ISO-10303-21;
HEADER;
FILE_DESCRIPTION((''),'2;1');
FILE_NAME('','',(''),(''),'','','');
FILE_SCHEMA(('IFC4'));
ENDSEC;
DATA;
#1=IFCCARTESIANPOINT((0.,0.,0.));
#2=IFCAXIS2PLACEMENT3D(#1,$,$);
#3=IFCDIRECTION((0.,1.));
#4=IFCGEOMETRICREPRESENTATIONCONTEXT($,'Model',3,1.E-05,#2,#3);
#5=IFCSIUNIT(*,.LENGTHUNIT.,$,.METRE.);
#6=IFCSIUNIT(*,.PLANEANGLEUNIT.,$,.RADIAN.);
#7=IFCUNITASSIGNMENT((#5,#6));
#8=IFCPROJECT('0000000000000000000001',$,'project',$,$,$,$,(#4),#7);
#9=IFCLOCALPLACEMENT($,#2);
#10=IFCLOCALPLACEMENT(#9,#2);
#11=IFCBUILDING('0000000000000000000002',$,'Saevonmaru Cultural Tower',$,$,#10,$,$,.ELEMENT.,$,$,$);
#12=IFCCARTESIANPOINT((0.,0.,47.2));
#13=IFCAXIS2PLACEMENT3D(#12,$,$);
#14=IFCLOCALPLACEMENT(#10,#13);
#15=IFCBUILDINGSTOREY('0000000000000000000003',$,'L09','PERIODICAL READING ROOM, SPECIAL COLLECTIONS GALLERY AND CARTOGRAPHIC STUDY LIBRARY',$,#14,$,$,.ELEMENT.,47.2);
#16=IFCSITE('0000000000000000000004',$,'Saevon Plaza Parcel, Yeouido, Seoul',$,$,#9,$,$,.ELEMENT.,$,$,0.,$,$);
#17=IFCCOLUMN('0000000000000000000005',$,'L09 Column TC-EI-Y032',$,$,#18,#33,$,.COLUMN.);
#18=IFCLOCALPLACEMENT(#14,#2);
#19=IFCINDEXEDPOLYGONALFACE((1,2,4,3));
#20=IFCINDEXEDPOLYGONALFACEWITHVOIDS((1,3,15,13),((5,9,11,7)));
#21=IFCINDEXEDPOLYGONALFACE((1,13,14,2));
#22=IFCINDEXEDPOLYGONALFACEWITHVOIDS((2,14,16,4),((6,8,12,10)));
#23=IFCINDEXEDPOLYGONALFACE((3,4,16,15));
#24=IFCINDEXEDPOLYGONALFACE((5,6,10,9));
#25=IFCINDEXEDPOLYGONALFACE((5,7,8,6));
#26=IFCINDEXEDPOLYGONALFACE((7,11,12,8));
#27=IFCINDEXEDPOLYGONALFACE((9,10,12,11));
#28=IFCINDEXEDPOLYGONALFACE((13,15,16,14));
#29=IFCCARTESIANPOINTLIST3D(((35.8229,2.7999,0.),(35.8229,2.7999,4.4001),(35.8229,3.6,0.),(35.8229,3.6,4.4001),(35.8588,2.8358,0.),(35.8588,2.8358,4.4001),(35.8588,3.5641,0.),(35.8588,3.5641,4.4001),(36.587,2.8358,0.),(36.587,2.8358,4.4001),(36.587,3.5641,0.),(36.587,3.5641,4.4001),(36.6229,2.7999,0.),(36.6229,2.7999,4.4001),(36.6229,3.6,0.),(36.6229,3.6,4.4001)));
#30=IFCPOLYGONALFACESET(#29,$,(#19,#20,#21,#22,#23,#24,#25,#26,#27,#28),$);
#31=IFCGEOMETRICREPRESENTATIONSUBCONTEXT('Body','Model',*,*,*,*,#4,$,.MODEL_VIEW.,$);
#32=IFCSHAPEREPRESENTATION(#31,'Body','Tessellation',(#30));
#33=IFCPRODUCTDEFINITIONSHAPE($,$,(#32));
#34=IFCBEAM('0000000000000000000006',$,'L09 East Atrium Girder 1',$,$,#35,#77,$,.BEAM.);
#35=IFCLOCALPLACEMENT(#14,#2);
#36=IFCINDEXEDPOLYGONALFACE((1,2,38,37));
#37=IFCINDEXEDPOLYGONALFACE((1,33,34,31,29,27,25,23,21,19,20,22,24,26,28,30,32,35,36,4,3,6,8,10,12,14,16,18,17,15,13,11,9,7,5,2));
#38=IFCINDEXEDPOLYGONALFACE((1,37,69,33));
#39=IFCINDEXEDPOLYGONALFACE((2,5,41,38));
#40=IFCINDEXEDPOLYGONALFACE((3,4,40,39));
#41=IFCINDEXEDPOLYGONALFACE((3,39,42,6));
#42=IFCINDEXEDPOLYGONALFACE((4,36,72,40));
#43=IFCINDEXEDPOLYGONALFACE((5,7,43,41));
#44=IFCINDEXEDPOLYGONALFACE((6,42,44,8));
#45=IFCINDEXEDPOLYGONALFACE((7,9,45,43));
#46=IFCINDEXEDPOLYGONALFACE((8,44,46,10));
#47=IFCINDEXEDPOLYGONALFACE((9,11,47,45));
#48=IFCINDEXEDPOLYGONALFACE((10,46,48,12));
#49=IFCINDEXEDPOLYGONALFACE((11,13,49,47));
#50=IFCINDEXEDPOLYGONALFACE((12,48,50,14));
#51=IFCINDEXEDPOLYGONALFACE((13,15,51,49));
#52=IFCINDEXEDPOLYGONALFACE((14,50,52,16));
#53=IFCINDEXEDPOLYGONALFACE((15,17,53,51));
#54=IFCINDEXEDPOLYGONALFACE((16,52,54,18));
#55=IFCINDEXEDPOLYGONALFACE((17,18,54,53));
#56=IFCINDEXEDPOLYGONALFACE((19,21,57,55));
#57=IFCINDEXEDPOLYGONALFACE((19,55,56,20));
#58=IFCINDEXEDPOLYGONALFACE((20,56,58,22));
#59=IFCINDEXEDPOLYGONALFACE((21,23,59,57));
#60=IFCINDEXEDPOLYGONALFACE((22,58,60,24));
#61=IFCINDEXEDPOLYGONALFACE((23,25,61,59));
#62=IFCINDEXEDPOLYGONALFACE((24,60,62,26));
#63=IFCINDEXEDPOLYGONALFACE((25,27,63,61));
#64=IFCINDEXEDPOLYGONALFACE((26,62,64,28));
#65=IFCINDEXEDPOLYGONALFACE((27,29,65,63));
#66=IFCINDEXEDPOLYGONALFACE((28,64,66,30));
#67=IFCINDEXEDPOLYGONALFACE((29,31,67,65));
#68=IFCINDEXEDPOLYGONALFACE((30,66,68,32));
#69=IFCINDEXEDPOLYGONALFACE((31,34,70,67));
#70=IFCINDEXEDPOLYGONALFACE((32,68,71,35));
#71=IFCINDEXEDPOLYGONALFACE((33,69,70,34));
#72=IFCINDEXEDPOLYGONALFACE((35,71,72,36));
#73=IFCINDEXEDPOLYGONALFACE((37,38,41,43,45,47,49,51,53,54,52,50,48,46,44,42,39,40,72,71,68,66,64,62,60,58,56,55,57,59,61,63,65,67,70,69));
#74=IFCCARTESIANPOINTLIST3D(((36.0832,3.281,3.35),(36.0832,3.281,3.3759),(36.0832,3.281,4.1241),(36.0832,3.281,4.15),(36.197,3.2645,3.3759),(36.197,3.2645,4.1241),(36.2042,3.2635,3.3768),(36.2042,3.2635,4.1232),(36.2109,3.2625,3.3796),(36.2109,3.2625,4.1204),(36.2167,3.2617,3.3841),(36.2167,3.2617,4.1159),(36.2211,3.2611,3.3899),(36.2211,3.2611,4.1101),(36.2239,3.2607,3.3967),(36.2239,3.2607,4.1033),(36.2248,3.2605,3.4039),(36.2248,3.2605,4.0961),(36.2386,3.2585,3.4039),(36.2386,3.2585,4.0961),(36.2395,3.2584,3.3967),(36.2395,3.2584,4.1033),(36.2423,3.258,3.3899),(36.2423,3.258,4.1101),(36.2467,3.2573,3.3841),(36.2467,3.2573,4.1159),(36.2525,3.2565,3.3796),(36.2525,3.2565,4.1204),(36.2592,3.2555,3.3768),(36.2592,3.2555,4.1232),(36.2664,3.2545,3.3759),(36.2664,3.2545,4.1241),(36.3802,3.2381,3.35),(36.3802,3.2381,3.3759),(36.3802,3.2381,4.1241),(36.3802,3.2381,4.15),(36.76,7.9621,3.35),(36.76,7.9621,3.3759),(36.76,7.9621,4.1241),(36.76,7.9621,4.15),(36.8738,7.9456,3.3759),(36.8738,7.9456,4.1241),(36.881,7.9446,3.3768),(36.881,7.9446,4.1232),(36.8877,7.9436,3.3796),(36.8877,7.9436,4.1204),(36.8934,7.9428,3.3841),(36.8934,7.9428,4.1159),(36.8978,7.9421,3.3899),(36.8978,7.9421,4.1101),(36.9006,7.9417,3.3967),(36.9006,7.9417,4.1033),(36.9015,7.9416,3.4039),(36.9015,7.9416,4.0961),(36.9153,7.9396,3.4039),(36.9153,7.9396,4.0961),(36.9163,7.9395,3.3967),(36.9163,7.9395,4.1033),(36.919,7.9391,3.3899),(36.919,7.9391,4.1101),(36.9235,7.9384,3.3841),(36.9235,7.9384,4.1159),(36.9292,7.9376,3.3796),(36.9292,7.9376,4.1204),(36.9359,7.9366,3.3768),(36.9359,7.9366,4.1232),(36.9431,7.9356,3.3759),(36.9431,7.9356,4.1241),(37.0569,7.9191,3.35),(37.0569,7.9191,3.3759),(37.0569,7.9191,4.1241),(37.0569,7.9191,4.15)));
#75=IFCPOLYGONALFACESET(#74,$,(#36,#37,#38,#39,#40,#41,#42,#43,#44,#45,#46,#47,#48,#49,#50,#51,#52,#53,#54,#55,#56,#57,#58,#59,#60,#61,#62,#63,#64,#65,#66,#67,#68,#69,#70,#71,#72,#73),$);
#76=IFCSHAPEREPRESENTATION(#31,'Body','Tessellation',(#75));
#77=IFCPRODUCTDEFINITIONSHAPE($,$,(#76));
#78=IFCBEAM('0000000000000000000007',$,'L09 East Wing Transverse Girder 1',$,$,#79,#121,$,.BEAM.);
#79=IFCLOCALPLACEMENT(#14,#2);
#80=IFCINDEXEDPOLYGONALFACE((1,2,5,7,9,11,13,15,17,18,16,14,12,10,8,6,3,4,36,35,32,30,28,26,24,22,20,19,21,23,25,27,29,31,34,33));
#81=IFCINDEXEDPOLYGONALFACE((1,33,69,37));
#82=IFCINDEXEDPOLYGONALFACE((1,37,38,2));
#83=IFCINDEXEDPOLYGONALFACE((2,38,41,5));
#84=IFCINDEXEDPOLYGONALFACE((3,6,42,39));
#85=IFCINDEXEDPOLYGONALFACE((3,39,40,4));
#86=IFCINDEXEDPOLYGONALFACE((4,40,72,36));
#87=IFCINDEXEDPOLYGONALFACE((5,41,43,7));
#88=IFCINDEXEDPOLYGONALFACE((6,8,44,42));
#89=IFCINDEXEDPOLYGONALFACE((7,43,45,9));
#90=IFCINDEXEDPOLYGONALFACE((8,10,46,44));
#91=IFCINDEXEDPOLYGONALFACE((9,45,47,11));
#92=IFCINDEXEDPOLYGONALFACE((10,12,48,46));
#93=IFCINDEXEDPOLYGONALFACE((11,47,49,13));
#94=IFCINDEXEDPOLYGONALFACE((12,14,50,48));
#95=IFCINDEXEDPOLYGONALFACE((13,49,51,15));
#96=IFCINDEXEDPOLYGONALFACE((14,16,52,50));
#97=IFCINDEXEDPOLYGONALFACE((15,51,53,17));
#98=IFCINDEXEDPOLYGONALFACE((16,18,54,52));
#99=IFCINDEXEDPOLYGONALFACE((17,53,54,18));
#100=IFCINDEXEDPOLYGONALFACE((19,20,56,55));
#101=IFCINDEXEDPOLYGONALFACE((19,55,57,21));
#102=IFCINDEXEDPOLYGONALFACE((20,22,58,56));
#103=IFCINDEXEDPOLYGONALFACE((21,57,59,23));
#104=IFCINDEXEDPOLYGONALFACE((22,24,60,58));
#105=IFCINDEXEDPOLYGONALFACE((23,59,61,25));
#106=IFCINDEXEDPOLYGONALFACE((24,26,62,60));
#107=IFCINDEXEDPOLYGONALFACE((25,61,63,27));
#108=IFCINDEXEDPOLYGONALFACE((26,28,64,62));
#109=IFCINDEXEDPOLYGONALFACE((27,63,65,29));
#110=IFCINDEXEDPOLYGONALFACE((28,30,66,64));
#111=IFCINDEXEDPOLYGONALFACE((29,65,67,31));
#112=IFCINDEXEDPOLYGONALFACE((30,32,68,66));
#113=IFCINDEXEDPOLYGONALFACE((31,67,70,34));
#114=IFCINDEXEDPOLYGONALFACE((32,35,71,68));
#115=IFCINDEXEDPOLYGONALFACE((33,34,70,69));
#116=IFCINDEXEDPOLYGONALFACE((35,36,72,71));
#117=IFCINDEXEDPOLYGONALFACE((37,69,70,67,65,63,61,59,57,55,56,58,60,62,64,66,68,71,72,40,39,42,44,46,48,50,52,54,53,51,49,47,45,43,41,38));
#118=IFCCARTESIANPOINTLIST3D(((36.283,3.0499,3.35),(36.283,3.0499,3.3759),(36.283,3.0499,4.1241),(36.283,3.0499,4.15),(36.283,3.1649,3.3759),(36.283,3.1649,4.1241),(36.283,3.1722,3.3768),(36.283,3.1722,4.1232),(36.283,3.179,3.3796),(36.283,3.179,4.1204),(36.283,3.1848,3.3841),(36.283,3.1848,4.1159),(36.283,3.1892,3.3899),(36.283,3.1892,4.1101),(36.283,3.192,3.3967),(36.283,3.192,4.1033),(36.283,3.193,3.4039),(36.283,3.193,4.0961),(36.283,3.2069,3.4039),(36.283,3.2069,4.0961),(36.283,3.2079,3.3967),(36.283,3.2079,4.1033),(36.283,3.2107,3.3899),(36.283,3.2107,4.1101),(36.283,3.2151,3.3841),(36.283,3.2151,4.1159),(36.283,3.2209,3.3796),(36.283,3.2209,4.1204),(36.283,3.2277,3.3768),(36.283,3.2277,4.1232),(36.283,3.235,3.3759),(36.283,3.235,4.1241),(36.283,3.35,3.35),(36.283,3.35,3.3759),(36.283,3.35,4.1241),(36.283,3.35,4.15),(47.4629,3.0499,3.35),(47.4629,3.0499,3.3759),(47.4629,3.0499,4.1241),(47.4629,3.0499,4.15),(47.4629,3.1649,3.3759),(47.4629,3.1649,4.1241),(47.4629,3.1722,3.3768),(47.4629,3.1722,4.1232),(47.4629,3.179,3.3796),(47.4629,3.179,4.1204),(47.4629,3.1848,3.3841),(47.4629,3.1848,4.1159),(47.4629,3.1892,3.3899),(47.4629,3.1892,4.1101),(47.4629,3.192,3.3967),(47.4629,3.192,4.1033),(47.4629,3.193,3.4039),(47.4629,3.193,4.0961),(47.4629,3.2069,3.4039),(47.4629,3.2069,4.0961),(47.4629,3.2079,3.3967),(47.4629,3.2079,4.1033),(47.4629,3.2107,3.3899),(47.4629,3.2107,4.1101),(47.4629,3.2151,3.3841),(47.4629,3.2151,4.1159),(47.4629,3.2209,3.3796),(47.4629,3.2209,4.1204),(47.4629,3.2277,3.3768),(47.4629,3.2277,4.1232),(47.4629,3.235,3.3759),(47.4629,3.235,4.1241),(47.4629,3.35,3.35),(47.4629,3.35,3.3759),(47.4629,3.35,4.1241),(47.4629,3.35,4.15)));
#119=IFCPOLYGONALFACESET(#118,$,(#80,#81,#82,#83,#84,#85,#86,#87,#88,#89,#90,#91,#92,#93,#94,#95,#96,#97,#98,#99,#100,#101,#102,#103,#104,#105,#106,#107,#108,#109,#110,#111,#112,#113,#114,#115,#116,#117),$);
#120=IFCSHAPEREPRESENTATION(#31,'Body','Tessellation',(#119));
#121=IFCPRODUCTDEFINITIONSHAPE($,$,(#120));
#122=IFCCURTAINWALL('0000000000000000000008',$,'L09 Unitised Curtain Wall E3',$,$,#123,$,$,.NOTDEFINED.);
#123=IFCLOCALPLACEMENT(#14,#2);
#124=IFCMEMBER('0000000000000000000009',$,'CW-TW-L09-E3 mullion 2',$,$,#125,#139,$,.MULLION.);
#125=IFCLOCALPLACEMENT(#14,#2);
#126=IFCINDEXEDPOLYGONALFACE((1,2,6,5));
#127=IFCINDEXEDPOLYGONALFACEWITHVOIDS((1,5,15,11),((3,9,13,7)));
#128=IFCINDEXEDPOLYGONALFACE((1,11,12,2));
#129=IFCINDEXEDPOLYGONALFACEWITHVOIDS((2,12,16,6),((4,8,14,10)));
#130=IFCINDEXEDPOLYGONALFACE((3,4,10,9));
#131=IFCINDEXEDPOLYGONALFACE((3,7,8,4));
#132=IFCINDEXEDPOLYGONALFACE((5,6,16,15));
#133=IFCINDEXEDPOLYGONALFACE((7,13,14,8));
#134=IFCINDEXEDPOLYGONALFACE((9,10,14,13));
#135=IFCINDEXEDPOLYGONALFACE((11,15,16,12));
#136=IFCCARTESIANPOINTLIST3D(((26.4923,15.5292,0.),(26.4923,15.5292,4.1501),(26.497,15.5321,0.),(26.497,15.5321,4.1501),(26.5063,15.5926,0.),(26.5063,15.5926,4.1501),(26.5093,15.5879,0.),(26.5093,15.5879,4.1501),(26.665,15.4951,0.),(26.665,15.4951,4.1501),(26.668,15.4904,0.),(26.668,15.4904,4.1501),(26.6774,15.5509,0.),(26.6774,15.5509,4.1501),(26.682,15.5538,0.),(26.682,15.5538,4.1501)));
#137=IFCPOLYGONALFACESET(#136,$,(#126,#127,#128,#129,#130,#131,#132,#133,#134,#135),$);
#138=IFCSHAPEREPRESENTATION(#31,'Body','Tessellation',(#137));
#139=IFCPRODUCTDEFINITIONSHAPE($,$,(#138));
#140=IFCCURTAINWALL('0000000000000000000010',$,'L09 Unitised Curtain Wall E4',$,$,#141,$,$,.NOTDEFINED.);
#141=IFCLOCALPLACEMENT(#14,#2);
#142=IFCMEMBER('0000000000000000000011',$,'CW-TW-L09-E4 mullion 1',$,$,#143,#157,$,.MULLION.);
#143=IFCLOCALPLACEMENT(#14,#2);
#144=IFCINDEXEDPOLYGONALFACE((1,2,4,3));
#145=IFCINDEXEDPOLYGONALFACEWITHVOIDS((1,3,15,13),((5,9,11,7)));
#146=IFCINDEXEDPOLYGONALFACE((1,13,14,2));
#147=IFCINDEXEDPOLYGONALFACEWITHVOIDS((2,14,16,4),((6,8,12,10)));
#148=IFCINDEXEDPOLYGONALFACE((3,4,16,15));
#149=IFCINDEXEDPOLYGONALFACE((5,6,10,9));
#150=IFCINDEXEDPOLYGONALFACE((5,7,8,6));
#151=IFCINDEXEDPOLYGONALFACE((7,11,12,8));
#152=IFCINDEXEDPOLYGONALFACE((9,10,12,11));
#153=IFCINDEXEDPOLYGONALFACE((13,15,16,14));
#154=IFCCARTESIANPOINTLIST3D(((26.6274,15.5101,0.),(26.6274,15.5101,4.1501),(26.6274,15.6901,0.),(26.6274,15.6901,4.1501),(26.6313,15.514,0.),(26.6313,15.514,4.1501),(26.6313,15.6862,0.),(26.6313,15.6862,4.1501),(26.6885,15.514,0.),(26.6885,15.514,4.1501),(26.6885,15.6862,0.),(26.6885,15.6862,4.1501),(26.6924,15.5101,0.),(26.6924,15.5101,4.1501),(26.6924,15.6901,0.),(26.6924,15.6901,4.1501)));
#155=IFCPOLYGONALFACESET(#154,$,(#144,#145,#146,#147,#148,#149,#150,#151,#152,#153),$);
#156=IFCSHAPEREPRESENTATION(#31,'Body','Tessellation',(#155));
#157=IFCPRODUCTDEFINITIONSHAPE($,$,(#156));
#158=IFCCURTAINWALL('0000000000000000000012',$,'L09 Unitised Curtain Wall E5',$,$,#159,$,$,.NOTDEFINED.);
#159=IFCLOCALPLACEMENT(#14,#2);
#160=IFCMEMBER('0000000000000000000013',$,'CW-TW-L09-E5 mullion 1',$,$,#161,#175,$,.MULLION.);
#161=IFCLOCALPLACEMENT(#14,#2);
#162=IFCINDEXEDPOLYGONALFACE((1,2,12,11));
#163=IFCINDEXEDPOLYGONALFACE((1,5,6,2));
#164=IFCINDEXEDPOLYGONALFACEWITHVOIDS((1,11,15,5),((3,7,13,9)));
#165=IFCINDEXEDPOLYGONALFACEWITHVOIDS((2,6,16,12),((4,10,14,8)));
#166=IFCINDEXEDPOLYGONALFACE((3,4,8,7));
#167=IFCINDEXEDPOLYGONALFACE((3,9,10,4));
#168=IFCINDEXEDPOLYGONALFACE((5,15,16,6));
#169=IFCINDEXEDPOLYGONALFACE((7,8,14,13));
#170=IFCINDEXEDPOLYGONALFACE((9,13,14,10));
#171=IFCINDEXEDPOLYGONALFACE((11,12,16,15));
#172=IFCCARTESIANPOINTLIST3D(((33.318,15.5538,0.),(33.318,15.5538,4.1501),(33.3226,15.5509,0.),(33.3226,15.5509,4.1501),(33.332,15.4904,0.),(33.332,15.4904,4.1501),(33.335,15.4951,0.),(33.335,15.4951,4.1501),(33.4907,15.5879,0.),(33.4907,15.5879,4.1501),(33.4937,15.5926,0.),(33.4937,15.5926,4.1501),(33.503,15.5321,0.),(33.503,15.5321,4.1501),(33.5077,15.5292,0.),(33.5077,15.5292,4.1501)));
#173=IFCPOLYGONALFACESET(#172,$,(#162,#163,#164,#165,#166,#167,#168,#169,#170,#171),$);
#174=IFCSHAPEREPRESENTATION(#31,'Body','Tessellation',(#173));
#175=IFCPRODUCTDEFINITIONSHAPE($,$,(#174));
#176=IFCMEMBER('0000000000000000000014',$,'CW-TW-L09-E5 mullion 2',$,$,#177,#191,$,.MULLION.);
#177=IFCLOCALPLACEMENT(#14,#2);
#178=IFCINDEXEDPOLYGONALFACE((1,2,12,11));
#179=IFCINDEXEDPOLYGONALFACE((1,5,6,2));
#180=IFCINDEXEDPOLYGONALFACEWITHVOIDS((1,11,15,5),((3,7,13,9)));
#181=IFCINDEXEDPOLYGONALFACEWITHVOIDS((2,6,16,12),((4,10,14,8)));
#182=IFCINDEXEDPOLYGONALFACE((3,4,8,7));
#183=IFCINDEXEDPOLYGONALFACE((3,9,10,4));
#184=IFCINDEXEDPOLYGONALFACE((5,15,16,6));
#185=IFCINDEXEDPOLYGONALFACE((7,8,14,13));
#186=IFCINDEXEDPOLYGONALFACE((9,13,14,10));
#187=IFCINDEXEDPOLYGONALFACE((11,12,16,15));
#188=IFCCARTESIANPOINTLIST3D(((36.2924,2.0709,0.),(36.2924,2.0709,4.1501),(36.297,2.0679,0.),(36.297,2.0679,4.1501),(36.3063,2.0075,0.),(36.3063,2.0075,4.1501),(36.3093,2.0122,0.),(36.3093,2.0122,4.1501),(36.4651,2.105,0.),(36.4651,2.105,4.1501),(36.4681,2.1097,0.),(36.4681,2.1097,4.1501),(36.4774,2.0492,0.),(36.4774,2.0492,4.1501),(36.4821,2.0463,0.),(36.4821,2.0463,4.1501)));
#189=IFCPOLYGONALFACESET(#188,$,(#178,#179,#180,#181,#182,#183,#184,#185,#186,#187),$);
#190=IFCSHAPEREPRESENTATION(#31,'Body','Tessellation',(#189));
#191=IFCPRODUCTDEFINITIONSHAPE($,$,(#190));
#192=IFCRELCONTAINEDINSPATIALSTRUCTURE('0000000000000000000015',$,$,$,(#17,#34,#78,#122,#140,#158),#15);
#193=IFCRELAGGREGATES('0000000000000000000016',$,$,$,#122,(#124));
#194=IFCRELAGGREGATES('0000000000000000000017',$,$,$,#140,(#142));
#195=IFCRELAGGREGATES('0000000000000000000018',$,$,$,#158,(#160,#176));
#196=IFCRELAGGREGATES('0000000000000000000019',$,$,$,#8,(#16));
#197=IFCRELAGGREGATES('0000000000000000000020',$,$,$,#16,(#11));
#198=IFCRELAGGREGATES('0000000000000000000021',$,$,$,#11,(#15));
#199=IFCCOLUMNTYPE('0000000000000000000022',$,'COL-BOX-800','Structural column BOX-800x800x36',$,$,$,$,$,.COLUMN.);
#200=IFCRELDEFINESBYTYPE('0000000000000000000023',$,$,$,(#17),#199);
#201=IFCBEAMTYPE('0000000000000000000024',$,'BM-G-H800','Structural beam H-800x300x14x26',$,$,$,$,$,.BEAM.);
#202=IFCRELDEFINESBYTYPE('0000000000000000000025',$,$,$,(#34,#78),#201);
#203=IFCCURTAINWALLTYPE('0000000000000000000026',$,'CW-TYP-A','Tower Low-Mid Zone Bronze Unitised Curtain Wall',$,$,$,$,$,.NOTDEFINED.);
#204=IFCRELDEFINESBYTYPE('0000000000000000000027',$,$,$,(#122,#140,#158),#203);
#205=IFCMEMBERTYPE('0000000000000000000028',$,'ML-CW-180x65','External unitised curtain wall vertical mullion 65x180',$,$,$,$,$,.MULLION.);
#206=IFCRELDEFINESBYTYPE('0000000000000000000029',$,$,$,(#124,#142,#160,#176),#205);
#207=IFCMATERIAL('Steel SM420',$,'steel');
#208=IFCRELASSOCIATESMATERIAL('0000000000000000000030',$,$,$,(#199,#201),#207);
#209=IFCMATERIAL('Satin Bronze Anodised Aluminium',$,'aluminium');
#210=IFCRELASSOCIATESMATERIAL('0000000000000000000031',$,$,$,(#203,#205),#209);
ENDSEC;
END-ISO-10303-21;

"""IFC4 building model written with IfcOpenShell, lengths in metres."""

from ifc_helpers import new_model, si_unit, direction, frame, origin, origin_2d, place, context, subcontext, project, spatial, hollow_rectangle, i_section, extrude, material, material_profile, profile_set, type_object, element, aggregate, save


model = new_model("IFC4")

# Units and contexts
model_context = context("Model", 3, precision=1e-05, world=origin(), true_north=direction((0.0, 1.0)))
body_context = subcontext(model_context, "Body", "Model", "MODEL_VIEW")
ifc_project = project(units=[si_unit("LENGTHUNIT", "METRE"), si_unit("PLANEANGLEUNIT", "RADIAN")], contexts=[model_context])

# Site, building, storey
site_placement = place(None, origin())
site = spatial("IfcSite", under=ifc_project, at=site_placement, Name="Saevon Plaza Parcel, Yeouido, Seoul", CompositionType="ELEMENT", RefElevation=0.0)
building_placement = place(site_placement, origin())
building = spatial("IfcBuilding", under=site, at=building_placement, Name="Saevonmaru Cultural Tower", CompositionType="ELEMENT")
storey_placement = place(building_placement, frame((0.0, 0.0, 47.2)))
storey = spatial("IfcBuildingStorey", under=building, at=storey_placement, Name="L09", Description="PERIODICAL READING ROOM, SPECIAL COLLECTIONS GALLERY AND CARTOGRAPHIC STUDY LIBRARY", CompositionType="ELEMENT", Elevation=47.2)

# Column
ifc_material_1 = material(Name="Steel SM420", Category="steel")
ifc_material_profile_1 = material_profile(ifc_material_1, hollow_rectangle(XDim=0.8, YDim=0.8, WallThickness=0.0359, at=origin_2d()), Name="BOX-800x800x36")
ifc_profile_set_1 = profile_set([ifc_material_profile_1], Name="Steel SM420")
column_type = type_object("IfcColumnType", Name="COL-BOX-800", Description="Structural column BOX-800x800x36", PredefinedType="COLUMN", material=ifc_profile_set_1)
column_placement = place(storey_placement, frame((36.2229, 3.2, 0.0), z_axis=(0.0, 0.0, 1.0), x_axis=(1.0, 0.0, 0.0)))
element("IfcColumn", 1, at=column_placement, inside=storey, type_object=column_type, Name="L09 Column TC-EI-Y032", PredefinedType="COLUMN", context=body_context, shape_type="SweptSolid", body=[
    extrude(hollow_rectangle(XDim=0.8, YDim=0.8, WallThickness=0.0359, at=origin_2d()), origin(), (0.0, 0.0, 1.0), 4.4001),
])

# Beams
ifc_material_profile_2 = material_profile(ifc_material_1, i_section(OverallWidth=0.3, OverallDepth=0.8, WebThickness=0.0139, FlangeThickness=0.0259, FilletRadius=0.0281, at=origin_2d()), Name="H-800x300x14x26")
ifc_profile_set_2 = profile_set([ifc_material_profile_2], Name="Steel SM420")
beam_type = type_object("IfcBeamType", Name="BM-G-H800", Description="Structural beam H-800x300x14x26", PredefinedType="BEAM", material=ifc_profile_set_2)
beam_1_placement = place(storey_placement, frame((36.2317, 3.2595, 3.75), z_axis=(0.143083, 0.989711, 0.0), x_axis=(-0.989711, 0.143083, 0.0)))
element("IfcBeam", 2, at=beam_1_placement, inside=storey, type_object=beam_type, Name="L09 East Atrium Girder 1", PredefinedType="BEAM", context=body_context, shape_type="SweptSolid", body=[
    extrude(i_section(OverallWidth=0.3, OverallDepth=0.8, WebThickness=0.0139, FlangeThickness=0.0259, FilletRadius=0.0281, at=origin_2d()), origin(), (0.0, 0.0, 1.0), 4.7297),
])
beam_2_placement = place(storey_placement, frame((36.283, 3.2, 3.75), z_axis=(1.0, 0.0, 0.0), x_axis=(0.0, 1.0, 0.0)))
element("IfcBeam", 3, at=beam_2_placement, inside=storey, type_object=beam_type, Name="L09 East Wing Transverse Girder 1", PredefinedType="BEAM", context=body_context, shape_type="SweptSolid", body=[
    extrude(i_section(OverallWidth=0.3, OverallDepth=0.8, WebThickness=0.0139, FlangeThickness=0.0259, FilletRadius=0.0281, at=origin_2d()), origin(), (0.0, 0.0, 1.0), 11.1799),
])

# Curtain walls, members
ifc_material_2 = material(Name="Satin Bronze Anodised Aluminium", Category="aluminium")
curtain_wall_type = type_object("IfcCurtainWallType", Name="CW-TYP-A", Description="Tower Low-Mid Zone Bronze Unitised Curtain Wall", PredefinedType="NOTDEFINED", material=ifc_material_2)
curtain_wall_1_placement = place(storey_placement, origin())
curtain_wall_1 = element("IfcCurtainWall", 4, at=curtain_wall_1_placement, inside=storey, type_object=curtain_wall_type, Name="L09 Unitised Curtain Wall E3", PredefinedType="NOTDEFINED")
ifc_material_profile_3 = material_profile(ifc_material_2, hollow_rectangle(XDim=0.0649, YDim=0.1799, WallThickness=0.0039, at=origin_2d()), Name="ALU-MULL-180x65x4")
ifc_profile_set_3 = profile_set([ifc_material_profile_3], Name="Satin Bronze Anodised Aluminium")
member_type_1 = type_object("IfcMemberType", Name="ML-CW-180x65", Description="External unitised curtain wall vertical mullion 65x180", PredefinedType="MULLION", material=ifc_profile_set_3)
member_1_placement = place(storey_placement, frame((26.5872, 15.5415, 0.0), z_axis=(0.0, 0.0, 1.0), x_axis=(0.215413, 0.976523, 0.0)))
member_1 = element("IfcMember", 5, at=member_1_placement, type_object=member_type_1, Name="CW-TW-L09-E3 mullion 2", PredefinedType="MULLION", context=body_context, shape_type="SweptSolid", body=[
    extrude(hollow_rectangle(XDim=0.0649, YDim=0.1799, WallThickness=0.0039, at=origin_2d()), origin(), (0.0, 0.0, 1.0), 4.1501),
])
aggregate(curtain_wall_1, [member_1])
curtain_wall_2_placement = place(storey_placement, origin())
curtain_wall_2 = element("IfcCurtainWall", 6, at=curtain_wall_2_placement, inside=storey, type_object=curtain_wall_type, Name="L09 Unitised Curtain Wall E4", PredefinedType="NOTDEFINED")
member_2_placement = place(storey_placement, frame((26.6599, 15.6001, 0.0), z_axis=(0.0, 0.0, 1.0), x_axis=(1.0, 0.0, 0.0)))
member_2 = element("IfcMember", 7, at=member_2_placement, type_object=member_type_1, Name="CW-TW-L09-E4 mullion 1", PredefinedType="MULLION", context=body_context, shape_type="SweptSolid", body=[
    extrude(hollow_rectangle(XDim=0.0649, YDim=0.1799, WallThickness=0.0039, at=origin_2d()), origin(), (0.0, 0.0, 1.0), 4.1501),
])

# Curtain wall, members
curtain_wall_3_placement = place(storey_placement, origin())
curtain_wall_3 = element("IfcCurtainWall", 8, at=curtain_wall_3_placement, inside=storey, type_object=curtain_wall_type, Name="L09 Unitised Curtain Wall E5", PredefinedType="NOTDEFINED")
member_3_placement = place(storey_placement, frame((33.4128, 15.5415, 0.0), z_axis=(0.0, 0.0, 1.0), x_axis=(0.215413, -0.976523, 0.0)))
member_3 = element("IfcMember", 9, at=member_3_placement, type_object=member_type_1, Name="CW-TW-L09-E5 mullion 1", PredefinedType="MULLION", context=body_context, shape_type="SweptSolid", body=[
    extrude(hollow_rectangle(XDim=0.0649, YDim=0.1799, WallThickness=0.0039, at=origin_2d()), origin(), (0.0, 0.0, 1.0), 4.1501),
])
member_4_placement = place(storey_placement, frame((36.3872, 2.0586, 0.0), z_axis=(0.0, 0.0, 1.0), x_axis=(0.215413, -0.976523, 0.0)))
member_4 = element("IfcMember", 10, at=member_4_placement, type_object=member_type_1, Name="CW-TW-L09-E5 mullion 2", PredefinedType="MULLION", context=body_context, shape_type="SweptSolid", body=[
    extrude(hollow_rectangle(XDim=0.0649, YDim=0.1799, WallThickness=0.0039, at=origin_2d()), origin(), (0.0, 0.0, 1.0), 4.1501),
])

aggregate(curtain_wall_2, [member_2])

aggregate(curtain_wall_3, [member_3, member_4])

save(model, "model.ifc")
